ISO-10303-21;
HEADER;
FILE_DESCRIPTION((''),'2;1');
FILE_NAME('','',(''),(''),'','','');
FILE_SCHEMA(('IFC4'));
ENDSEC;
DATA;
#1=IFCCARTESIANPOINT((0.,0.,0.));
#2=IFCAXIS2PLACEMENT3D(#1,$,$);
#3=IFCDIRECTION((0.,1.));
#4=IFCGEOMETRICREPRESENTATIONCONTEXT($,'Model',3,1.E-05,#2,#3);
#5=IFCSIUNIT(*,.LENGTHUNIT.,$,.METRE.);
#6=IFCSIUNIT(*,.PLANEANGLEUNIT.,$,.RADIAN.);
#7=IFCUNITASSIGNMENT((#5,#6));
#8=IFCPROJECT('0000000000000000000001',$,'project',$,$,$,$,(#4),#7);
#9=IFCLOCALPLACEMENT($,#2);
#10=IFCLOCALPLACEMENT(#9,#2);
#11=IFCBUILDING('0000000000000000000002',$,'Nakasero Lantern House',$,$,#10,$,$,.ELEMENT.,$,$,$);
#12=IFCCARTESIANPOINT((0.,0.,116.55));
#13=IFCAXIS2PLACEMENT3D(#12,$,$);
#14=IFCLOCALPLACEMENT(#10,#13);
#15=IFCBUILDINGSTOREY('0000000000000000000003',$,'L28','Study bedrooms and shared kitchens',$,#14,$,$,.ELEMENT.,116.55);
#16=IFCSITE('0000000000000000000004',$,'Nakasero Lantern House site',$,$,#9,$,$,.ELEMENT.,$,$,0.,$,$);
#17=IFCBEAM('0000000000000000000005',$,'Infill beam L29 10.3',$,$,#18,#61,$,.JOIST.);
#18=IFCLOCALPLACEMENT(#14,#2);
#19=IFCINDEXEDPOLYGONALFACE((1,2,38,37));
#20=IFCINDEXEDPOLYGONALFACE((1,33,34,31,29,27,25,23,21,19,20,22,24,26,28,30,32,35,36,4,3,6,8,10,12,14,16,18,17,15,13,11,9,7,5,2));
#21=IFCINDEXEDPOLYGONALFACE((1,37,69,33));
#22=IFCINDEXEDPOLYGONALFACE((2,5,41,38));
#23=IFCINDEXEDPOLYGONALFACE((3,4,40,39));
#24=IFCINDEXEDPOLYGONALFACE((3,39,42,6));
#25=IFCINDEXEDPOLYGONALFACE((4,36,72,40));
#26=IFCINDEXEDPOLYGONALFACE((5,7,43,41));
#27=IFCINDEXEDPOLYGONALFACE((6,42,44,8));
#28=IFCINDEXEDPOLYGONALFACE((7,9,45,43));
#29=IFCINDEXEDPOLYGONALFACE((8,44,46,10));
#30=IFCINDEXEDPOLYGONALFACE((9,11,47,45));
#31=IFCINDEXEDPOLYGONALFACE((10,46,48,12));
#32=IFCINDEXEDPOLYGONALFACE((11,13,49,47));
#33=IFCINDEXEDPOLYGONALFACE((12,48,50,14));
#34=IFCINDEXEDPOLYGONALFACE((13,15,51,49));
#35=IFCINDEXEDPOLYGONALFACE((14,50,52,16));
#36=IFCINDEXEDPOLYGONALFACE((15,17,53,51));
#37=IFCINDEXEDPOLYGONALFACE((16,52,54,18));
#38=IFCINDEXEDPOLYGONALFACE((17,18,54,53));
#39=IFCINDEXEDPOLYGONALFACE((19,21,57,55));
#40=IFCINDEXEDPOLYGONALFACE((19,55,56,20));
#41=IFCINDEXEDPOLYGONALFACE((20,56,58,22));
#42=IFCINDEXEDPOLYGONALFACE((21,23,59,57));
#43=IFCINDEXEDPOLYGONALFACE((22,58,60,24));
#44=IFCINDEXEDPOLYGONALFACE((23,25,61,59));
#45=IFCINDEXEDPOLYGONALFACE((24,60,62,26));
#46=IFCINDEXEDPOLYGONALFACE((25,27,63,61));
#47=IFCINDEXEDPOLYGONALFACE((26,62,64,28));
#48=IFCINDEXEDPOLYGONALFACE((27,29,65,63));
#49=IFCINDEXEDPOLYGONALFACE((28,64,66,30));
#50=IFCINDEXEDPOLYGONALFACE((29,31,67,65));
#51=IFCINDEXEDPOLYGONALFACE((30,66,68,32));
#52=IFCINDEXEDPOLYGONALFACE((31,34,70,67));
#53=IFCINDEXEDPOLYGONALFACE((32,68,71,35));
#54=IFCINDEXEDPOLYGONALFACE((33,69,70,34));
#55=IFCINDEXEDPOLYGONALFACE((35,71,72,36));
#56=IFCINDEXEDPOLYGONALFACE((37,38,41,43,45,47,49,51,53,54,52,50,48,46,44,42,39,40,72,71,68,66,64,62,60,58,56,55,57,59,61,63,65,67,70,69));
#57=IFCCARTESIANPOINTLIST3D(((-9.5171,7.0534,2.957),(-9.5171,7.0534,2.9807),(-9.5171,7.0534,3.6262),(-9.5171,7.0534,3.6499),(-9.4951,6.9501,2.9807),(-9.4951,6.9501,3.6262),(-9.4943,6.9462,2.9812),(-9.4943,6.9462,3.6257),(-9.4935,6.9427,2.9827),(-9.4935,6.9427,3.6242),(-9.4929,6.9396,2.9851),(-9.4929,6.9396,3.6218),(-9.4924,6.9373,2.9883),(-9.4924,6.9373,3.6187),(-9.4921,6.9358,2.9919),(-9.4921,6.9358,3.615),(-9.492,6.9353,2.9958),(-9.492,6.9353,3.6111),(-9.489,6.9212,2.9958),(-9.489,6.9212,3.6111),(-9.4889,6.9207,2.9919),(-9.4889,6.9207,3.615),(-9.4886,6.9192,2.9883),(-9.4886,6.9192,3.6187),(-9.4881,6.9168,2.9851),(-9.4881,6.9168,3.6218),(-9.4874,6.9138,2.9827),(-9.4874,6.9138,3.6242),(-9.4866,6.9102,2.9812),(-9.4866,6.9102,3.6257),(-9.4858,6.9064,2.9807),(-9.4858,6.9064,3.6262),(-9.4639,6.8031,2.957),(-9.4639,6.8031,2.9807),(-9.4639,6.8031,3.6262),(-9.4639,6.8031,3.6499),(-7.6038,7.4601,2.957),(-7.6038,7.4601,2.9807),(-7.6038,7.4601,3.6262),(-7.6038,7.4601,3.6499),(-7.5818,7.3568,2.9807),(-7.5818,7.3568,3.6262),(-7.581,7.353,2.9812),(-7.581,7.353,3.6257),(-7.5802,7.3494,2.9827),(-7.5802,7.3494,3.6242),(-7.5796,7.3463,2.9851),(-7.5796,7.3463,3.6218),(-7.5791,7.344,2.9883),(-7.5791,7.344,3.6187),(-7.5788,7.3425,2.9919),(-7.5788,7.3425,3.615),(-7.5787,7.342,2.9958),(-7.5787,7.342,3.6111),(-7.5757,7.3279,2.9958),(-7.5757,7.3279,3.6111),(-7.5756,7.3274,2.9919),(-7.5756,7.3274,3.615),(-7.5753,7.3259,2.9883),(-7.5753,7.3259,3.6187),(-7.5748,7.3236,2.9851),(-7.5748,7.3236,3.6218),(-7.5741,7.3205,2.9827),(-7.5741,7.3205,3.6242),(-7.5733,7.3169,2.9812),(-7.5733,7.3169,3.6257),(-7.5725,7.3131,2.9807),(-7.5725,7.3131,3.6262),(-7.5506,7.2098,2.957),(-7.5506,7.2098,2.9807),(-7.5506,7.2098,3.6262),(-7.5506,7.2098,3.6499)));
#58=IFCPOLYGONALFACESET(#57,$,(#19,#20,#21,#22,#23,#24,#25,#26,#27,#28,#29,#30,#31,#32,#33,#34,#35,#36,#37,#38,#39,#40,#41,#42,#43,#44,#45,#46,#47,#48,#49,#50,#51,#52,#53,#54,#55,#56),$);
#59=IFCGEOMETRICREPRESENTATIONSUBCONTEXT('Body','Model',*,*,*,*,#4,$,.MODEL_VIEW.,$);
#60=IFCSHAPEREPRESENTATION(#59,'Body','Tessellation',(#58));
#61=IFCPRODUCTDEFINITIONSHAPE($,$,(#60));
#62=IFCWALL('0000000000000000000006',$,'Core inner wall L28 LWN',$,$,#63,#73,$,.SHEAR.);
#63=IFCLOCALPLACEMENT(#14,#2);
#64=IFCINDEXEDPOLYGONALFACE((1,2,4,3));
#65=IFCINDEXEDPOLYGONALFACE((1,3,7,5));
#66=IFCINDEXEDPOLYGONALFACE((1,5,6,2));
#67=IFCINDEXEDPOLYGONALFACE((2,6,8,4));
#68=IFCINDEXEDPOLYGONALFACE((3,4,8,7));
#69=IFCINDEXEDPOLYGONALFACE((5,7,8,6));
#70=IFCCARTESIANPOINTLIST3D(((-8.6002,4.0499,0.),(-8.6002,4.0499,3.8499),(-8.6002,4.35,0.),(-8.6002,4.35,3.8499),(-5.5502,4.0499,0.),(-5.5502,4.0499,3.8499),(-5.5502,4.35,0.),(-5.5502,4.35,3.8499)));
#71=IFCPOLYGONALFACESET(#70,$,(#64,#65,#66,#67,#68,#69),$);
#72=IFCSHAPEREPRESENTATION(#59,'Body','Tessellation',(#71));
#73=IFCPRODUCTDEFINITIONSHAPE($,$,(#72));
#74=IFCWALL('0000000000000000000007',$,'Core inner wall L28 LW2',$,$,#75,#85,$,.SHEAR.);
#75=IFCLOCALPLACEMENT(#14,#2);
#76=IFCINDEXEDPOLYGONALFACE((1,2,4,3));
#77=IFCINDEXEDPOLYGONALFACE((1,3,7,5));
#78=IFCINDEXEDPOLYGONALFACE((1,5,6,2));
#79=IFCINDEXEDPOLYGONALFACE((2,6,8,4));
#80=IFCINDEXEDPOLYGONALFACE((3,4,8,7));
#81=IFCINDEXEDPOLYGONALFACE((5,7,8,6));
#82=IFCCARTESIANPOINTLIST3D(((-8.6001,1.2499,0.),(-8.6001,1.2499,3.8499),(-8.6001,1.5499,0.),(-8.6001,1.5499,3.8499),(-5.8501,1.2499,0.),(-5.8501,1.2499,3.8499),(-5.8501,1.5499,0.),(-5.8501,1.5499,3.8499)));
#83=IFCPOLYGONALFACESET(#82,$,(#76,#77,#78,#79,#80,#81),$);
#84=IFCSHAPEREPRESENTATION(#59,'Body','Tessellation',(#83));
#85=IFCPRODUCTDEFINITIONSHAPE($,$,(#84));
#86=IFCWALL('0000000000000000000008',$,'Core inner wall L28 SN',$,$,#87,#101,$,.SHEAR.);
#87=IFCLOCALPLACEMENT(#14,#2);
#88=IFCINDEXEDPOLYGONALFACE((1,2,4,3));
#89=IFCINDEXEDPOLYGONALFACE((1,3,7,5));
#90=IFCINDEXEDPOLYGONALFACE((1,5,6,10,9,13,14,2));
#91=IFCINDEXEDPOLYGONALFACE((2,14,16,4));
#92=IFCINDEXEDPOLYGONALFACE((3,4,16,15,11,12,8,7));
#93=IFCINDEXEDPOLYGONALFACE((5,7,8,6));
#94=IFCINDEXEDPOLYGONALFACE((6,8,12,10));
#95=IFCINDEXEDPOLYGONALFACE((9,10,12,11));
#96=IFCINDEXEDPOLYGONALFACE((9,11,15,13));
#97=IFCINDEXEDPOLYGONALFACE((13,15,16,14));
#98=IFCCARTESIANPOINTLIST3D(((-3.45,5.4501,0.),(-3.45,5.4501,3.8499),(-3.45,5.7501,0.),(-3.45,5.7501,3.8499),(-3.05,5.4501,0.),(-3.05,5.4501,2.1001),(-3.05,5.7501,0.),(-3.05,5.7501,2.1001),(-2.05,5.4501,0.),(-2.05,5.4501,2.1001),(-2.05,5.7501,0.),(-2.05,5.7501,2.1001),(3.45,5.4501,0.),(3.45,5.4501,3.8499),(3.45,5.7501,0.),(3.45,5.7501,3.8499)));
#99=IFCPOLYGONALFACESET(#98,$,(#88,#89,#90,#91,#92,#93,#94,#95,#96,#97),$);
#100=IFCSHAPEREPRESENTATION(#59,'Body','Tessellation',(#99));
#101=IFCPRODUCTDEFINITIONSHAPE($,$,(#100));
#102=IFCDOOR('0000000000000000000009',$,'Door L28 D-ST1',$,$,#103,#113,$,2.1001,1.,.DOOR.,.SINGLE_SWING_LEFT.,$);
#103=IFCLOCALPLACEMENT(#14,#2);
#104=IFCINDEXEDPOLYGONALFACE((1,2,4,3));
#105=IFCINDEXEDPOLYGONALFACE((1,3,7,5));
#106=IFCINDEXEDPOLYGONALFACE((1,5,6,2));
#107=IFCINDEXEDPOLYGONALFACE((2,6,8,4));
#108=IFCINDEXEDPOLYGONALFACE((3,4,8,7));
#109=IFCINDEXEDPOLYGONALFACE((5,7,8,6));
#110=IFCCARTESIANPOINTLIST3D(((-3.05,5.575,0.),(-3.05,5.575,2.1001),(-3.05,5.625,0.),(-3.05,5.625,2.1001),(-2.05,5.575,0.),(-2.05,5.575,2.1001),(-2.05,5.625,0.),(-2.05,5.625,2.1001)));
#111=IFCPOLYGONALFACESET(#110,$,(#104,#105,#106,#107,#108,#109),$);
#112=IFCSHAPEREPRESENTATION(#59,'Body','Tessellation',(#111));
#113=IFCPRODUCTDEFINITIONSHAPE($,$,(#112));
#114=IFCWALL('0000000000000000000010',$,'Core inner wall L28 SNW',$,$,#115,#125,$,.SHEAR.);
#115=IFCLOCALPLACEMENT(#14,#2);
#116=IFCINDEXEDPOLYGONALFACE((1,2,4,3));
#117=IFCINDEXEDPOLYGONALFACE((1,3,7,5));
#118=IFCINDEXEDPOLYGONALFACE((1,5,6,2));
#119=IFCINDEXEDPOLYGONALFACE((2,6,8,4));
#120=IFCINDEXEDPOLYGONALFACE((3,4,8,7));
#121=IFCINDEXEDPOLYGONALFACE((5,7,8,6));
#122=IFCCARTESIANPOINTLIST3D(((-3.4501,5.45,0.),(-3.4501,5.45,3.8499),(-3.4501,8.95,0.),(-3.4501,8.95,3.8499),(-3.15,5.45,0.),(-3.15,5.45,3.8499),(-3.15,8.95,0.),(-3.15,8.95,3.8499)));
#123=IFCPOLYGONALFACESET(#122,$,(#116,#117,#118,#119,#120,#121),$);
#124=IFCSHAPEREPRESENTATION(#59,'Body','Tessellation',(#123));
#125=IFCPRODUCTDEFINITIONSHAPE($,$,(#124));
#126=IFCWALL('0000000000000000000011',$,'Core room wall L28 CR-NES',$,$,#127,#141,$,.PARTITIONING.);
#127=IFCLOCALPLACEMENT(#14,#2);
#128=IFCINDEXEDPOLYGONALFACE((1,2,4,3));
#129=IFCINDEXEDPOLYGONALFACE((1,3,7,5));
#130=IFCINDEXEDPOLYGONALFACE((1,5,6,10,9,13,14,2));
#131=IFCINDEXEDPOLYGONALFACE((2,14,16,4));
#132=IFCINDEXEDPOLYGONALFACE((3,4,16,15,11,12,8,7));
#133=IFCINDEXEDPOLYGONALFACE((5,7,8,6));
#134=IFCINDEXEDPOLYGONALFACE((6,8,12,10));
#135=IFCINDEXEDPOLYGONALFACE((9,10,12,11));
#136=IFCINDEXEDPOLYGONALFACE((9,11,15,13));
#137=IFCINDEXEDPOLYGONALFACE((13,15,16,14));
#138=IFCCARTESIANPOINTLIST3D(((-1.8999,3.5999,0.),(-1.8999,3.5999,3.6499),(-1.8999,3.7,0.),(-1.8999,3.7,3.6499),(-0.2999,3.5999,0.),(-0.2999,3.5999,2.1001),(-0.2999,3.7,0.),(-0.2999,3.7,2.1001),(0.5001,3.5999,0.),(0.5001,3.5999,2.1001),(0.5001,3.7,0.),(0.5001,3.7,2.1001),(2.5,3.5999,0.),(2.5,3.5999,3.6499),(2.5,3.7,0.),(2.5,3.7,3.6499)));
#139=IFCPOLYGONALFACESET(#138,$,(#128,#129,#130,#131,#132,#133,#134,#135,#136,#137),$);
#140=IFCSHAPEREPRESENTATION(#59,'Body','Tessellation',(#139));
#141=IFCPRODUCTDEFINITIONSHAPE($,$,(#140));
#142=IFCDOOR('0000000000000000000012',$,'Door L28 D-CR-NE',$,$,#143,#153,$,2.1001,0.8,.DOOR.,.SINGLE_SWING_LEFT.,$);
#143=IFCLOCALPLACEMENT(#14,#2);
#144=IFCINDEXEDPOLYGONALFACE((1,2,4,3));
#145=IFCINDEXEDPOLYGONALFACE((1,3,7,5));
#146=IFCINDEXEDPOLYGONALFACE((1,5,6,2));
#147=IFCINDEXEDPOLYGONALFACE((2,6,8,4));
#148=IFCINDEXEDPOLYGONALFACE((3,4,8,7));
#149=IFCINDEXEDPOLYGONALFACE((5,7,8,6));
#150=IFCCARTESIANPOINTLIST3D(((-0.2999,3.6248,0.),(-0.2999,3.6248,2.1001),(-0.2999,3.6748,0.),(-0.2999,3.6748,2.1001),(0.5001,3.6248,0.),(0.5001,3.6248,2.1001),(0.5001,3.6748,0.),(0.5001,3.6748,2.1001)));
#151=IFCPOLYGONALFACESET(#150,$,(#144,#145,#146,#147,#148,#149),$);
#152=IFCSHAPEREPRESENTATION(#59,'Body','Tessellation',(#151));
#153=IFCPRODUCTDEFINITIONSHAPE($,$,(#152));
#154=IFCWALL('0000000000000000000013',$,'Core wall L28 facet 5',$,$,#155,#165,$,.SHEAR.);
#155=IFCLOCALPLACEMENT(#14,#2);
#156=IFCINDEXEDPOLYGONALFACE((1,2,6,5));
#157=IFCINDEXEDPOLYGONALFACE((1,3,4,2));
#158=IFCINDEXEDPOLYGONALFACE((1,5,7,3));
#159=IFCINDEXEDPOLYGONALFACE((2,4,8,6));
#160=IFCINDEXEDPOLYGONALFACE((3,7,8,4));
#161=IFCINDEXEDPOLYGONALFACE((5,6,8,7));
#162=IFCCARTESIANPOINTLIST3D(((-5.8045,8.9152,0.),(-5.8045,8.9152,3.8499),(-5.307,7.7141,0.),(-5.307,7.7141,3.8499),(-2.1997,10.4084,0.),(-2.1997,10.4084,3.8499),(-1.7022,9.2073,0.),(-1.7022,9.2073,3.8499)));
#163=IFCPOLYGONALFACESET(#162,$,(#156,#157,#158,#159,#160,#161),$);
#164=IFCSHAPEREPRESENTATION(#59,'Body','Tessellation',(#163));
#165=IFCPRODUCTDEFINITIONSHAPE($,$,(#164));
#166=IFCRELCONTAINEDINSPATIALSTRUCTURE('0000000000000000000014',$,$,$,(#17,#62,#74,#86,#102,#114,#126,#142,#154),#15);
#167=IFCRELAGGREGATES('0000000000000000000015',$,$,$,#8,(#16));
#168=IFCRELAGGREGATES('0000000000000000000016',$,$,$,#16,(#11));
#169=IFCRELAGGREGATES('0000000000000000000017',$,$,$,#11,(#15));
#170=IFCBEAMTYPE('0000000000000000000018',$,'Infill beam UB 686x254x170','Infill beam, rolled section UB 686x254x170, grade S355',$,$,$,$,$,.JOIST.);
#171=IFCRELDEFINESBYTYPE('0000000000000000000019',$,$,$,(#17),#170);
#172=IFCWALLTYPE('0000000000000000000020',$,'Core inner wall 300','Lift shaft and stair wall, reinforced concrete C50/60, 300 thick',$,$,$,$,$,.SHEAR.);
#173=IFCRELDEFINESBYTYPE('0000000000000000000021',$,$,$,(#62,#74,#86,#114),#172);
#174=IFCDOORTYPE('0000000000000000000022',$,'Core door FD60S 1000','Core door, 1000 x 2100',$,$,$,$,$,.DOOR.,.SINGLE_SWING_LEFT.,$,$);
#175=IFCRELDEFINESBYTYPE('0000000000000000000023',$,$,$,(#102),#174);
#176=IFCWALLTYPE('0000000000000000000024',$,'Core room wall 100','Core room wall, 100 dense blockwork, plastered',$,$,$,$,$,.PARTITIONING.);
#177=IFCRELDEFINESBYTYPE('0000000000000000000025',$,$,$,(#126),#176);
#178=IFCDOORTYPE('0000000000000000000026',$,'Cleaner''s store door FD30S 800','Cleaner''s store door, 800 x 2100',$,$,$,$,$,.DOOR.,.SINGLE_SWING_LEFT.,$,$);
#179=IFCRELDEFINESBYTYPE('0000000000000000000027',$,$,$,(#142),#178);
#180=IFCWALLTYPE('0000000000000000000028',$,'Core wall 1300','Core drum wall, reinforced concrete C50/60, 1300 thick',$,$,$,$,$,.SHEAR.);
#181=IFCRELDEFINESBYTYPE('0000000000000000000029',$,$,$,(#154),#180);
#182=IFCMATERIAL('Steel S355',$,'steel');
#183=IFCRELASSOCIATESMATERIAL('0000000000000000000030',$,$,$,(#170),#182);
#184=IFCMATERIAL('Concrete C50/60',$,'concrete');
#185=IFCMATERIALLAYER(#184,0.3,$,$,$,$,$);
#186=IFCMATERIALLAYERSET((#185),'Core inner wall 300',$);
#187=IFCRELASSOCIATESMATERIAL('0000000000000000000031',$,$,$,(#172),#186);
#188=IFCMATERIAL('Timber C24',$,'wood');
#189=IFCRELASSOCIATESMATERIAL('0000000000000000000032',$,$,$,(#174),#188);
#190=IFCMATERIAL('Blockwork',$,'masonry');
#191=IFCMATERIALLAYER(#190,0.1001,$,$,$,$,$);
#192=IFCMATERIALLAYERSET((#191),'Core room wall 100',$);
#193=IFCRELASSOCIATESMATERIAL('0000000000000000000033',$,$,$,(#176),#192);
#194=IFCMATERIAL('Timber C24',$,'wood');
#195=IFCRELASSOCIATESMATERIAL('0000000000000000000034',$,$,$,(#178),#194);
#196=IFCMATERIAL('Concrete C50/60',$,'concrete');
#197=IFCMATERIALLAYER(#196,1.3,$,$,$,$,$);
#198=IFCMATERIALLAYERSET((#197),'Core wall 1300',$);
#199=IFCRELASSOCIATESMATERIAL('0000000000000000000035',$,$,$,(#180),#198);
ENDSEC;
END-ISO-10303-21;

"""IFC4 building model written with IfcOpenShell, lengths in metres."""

from ifc_helpers import new_model, si_unit, direction, frame, frame_2d, origin, origin_2d, place, context, subcontext, project, spatial, rectangle, i_section, extrude, material, layer, layer_set, material_profile, profile_set, type_object, element, fill, save


model = new_model("IFC4")

# Units and contexts
model_context = context("Model", 3, precision=1e-05, world=origin(), true_north=direction((0.0, 1.0)))
body_context = subcontext(model_context, "Body", "Model", "MODEL_VIEW")
ifc_project = project(units=[si_unit("LENGTHUNIT", "METRE"), si_unit("PLANEANGLEUNIT", "RADIAN")], contexts=[model_context])

# Site, building, storey
site_placement = place(None, origin())
site = spatial("IfcSite", under=ifc_project, at=site_placement, Name="Nakasero Lantern House site", CompositionType="ELEMENT", RefElevation=0.0)
building_placement = place(site_placement, origin())
building = spatial("IfcBuilding", under=site, at=building_placement, Name="Nakasero Lantern House", CompositionType="ELEMENT")
storey_placement = place(building_placement, frame((0.0, 0.0, 116.55)))
storey = spatial("IfcBuildingStorey", under=building, at=storey_placement, Name="L28", Description="Study bedrooms and shared kitchens", CompositionType="ELEMENT", Elevation=116.55)

# Beam
ifc_material_1 = material(Name="Steel S355", Category="steel")
ifc_material_profile_1 = material_profile(ifc_material_1, i_section(OverallWidth=0.2559, OverallDepth=0.6929, WebThickness=0.0144, FlangeThickness=0.0237, FilletRadius=0.0151, at=origin_2d()), Name="UB 686x254x170")
ifc_profile_set_1 = profile_set([ifc_material_profile_1], Name="Steel S355")
beam_type_1 = type_object("IfcBeamType", Name="Infill beam UB 686x254x170", Description="Infill beam, rolled section UB 686x254x170, grade S355", PredefinedType="JOIST", material=ifc_profile_set_1)
beam_1_placement = place(storey_placement, frame((-9.4905, 6.9282, 3.3035), z_axis=(0.978143, 0.207935, 0.0), x_axis=(-0.207935, 0.978143, 0.0)))
element("IfcBeam", 1, at=beam_1_placement, inside=storey, type_object=beam_type_1, Name="Infill beam L29 10.3", PredefinedType="JOIST", context=body_context, shape_type="SweptSolid", body=[
    extrude(i_section(OverallWidth=0.2559, OverallDepth=0.6929, WebThickness=0.0144, FlangeThickness=0.0237, FilletRadius=0.0151, at=origin_2d()), origin(), (0.0, 0.0, 1.0), 1.9561),
])

# Walls
ifc_material_2 = material(Name="Concrete C50/60", Category="concrete")
ifc_layer_1 = layer(ifc_material_2, 0.3)
ifc_layer_set_1 = layer_set([ifc_layer_1], Name="Core inner wall 300")
wall_type_1 = type_object("IfcWallType", Name="Core inner wall 300", Description="Lift shaft and stair wall, reinforced concrete C50/60, 300 thick", PredefinedType="SHEAR", material=ifc_layer_set_1)
wall_1_placement = place(storey_placement, frame((-8.6001, 4.2, 0.0), z_axis=(0.0, 0.0, 1.0), x_axis=(1.0, 0.0, 0.0)))
element("IfcWall", 2, at=wall_1_placement, inside=storey, type_object=wall_type_1, Name="Core inner wall L28 LWN", PredefinedType="SHEAR", context=body_context, shape_type="SweptSolid", body=[
    extrude(rectangle(XDim=3.05, YDim=0.3, at=frame_2d((1.5249, 0.0))), origin(), (0.0, 0.0, 1.0), 3.8499),
])
wall_2_placement = place(storey_placement, frame((-8.6001, 1.3999, 0.0), z_axis=(0.0, 0.0, 1.0), x_axis=(1.0, 0.0, 0.0)))
element("IfcWall", 3, at=wall_2_placement, inside=storey, type_object=wall_type_1, Name="Core inner wall L28 LW2", PredefinedType="SHEAR", context=body_context, shape_type="SweptSolid", body=[
    extrude(rectangle(XDim=2.75, YDim=0.3, at=frame_2d((1.375, 0.0))), origin(), (0.0, 0.0, 1.0), 3.8499),
])

# Wall, opening, door
wall_3_placement = place(storey_placement, frame((-3.45, 5.6001, 0.0), z_axis=(0.0, 0.0, 1.0), x_axis=(1.0, 0.0, 0.0)))
wall_3 = element("IfcWall", 4, at=wall_3_placement, inside=storey, type_object=wall_type_1, Name="Core inner wall L28 SN", PredefinedType="SHEAR", context=body_context, shape_type="SweptSolid", body=[
    extrude(rectangle(XDim=6.8999, YDim=0.3, at=frame_2d((3.45, 0.0))), origin(), (0.0, 0.0, 1.0), 3.8499),
])
opening_1_placement = place(wall_3_placement, frame((0.3999, 0.0, 0.0)))
opening_1 = element("IfcOpeningElement", 5, at=opening_1_placement, cuts=wall_3, PredefinedType="OPENING", context=body_context, shape_type="SweptSolid", body=[
    extrude(rectangle(XDim=1.0, YDim=2.1001, at=frame_2d((0.5, 1.05))), frame((0.0, 0.1699, 0.0), z_axis=(0.0, -1.0, 0.0), x_axis=(1.0, 0.0, 0.0)), (0.0, 0.0, 1.0), 0.3401),
])
ifc_material_3 = material(Name="Timber C24", Category="wood")
door_type_1 = type_object("IfcDoorType", Name="Core door FD60S 1000", Description="Core door, 1000 x 2100", OperationType="SINGLE_SWING_LEFT", PredefinedType="DOOR", material=ifc_material_3)
door_1_placement = place(opening_1_placement, origin())
door_1 = element("IfcDoor", 6, at=door_1_placement, inside=storey, type_object=door_type_1, Name="Door L28 D-ST1", OperationType="SINGLE_SWING_LEFT", OverallHeight=2.1001, OverallWidth=1.0, PredefinedType="DOOR", context=body_context, shape_type="SweptSolid", body=[
    extrude(rectangle(XDim=1.0, YDim=2.1001, at=frame_2d((0.5, 1.05))), frame((0.0, 0.0249, 0.0), z_axis=(0.0, -1.0, 0.0), x_axis=(1.0, 0.0, 0.0)), (0.0, 0.0, 1.0), 0.05),
])
fill(opening_1, door_1)

# Wall
wall_4_placement = place(storey_placement, frame((-3.3, 5.45, 0.0), z_axis=(0.0, 0.0, 1.0), x_axis=(0.0, 1.0, 0.0)))
element("IfcWall", 7, at=wall_4_placement, inside=storey, type_object=wall_type_1, Name="Core inner wall L28 SNW", PredefinedType="SHEAR", context=body_context, shape_type="SweptSolid", body=[
    extrude(rectangle(XDim=3.5, YDim=0.3, at=frame_2d((1.75, 0.0))), origin(), (0.0, 0.0, 1.0), 3.8499),
])

# Wall, opening, door
ifc_material_4 = material(Name="Blockwork", Category="masonry")
ifc_layer_2 = layer(ifc_material_4, 0.1001)
ifc_layer_set_2 = layer_set([ifc_layer_2], Name="Core room wall 100")
wall_type_2 = type_object("IfcWallType", Name="Core room wall 100", Description="Core room wall, 100 dense blockwork, plastered", PredefinedType="PARTITIONING", material=ifc_layer_set_2)
wall_5_placement = place(storey_placement, frame((-1.8999, 3.6499, 0.0), z_axis=(0.0, 0.0, 1.0), x_axis=(1.0, 0.0, 0.0)))
wall_5 = element("IfcWall", 8, at=wall_5_placement, inside=storey, type_object=wall_type_2, Name="Core room wall L28 CR-NES", PredefinedType="PARTITIONING", context=body_context, shape_type="SweptSolid", body=[
    extrude(rectangle(XDim=4.3999, YDim=0.1001, at=frame_2d((2.2, 0.0))), origin(), (0.0, 0.0, 1.0), 3.6499),
])
opening_2_placement = place(wall_5_placement, frame((1.6001, 0.0, 0.0)))
opening_2 = element("IfcOpeningElement", 9, at=opening_2_placement, cuts=wall_5, PredefinedType="OPENING", context=body_context, shape_type="SweptSolid", body=[
    extrude(rectangle(XDim=0.8, YDim=2.1001, at=frame_2d((0.3999, 1.05))), frame((0.0, 0.0701, 0.0), z_axis=(0.0, -1.0, 0.0), x_axis=(1.0, 0.0, 0.0)), (0.0, 0.0, 1.0), 0.1401),
])
ifc_material_5 = material(Name="Timber C24", Category="wood")
door_type_2 = type_object("IfcDoorType", Name="Cleaner's store door FD30S 800", Description="Cleaner's store door, 800 x 2100", OperationType="SINGLE_SWING_LEFT", PredefinedType="DOOR", material=ifc_material_5)
door_2_placement = place(opening_2_placement, origin())
door_2 = element("IfcDoor", 10, at=door_2_placement, inside=storey, type_object=door_type_2, Name="Door L28 D-CR-NE", OperationType="SINGLE_SWING_LEFT", OverallHeight=2.1001, OverallWidth=0.8, PredefinedType="DOOR", context=body_context, shape_type="SweptSolid", body=[
    extrude(rectangle(XDim=0.8, YDim=2.1001, at=frame_2d((0.3999, 1.05))), frame((0.0, 0.0249, 0.0), z_axis=(0.0, -1.0, 0.0), x_axis=(1.0, 0.0, 0.0)), (0.0, 0.0, 1.0), 0.05),
])
fill(opening_2, door_2)

# Wall
ifc_material_6 = material(Name="Concrete C50/60", Category="concrete")
ifc_layer_3 = layer(ifc_material_6, 1.3)
ifc_layer_set_3 = layer_set([ifc_layer_3], Name="Core wall 1300")
wall_type_3 = type_object("IfcWallType", Name="Core wall 1300", Description="Core drum wall, reinforced concrete C50/60, 1300 thick", PredefinedType="SHEAR", material=ifc_layer_set_3)
wall_6_placement = place(storey_placement, frame((-1.9509, 9.8079, 0.0), z_axis=(0.0, 0.0, 1.0), x_axis=(-0.923877, -0.382691, 0.0)))
element("IfcWall", 11, at=wall_6_placement, inside=storey, type_object=wall_type_3, Name="Core wall L28 facet 5", PredefinedType="SHEAR", context=body_context, shape_type="SweptSolid", body=[
    extrude(rectangle(XDim=3.9019, YDim=1.3, at=frame_2d((1.9509, 0.0))), origin(), (0.0, 0.0, 1.0), 3.8499),
])

save(model, "model.ifc")
